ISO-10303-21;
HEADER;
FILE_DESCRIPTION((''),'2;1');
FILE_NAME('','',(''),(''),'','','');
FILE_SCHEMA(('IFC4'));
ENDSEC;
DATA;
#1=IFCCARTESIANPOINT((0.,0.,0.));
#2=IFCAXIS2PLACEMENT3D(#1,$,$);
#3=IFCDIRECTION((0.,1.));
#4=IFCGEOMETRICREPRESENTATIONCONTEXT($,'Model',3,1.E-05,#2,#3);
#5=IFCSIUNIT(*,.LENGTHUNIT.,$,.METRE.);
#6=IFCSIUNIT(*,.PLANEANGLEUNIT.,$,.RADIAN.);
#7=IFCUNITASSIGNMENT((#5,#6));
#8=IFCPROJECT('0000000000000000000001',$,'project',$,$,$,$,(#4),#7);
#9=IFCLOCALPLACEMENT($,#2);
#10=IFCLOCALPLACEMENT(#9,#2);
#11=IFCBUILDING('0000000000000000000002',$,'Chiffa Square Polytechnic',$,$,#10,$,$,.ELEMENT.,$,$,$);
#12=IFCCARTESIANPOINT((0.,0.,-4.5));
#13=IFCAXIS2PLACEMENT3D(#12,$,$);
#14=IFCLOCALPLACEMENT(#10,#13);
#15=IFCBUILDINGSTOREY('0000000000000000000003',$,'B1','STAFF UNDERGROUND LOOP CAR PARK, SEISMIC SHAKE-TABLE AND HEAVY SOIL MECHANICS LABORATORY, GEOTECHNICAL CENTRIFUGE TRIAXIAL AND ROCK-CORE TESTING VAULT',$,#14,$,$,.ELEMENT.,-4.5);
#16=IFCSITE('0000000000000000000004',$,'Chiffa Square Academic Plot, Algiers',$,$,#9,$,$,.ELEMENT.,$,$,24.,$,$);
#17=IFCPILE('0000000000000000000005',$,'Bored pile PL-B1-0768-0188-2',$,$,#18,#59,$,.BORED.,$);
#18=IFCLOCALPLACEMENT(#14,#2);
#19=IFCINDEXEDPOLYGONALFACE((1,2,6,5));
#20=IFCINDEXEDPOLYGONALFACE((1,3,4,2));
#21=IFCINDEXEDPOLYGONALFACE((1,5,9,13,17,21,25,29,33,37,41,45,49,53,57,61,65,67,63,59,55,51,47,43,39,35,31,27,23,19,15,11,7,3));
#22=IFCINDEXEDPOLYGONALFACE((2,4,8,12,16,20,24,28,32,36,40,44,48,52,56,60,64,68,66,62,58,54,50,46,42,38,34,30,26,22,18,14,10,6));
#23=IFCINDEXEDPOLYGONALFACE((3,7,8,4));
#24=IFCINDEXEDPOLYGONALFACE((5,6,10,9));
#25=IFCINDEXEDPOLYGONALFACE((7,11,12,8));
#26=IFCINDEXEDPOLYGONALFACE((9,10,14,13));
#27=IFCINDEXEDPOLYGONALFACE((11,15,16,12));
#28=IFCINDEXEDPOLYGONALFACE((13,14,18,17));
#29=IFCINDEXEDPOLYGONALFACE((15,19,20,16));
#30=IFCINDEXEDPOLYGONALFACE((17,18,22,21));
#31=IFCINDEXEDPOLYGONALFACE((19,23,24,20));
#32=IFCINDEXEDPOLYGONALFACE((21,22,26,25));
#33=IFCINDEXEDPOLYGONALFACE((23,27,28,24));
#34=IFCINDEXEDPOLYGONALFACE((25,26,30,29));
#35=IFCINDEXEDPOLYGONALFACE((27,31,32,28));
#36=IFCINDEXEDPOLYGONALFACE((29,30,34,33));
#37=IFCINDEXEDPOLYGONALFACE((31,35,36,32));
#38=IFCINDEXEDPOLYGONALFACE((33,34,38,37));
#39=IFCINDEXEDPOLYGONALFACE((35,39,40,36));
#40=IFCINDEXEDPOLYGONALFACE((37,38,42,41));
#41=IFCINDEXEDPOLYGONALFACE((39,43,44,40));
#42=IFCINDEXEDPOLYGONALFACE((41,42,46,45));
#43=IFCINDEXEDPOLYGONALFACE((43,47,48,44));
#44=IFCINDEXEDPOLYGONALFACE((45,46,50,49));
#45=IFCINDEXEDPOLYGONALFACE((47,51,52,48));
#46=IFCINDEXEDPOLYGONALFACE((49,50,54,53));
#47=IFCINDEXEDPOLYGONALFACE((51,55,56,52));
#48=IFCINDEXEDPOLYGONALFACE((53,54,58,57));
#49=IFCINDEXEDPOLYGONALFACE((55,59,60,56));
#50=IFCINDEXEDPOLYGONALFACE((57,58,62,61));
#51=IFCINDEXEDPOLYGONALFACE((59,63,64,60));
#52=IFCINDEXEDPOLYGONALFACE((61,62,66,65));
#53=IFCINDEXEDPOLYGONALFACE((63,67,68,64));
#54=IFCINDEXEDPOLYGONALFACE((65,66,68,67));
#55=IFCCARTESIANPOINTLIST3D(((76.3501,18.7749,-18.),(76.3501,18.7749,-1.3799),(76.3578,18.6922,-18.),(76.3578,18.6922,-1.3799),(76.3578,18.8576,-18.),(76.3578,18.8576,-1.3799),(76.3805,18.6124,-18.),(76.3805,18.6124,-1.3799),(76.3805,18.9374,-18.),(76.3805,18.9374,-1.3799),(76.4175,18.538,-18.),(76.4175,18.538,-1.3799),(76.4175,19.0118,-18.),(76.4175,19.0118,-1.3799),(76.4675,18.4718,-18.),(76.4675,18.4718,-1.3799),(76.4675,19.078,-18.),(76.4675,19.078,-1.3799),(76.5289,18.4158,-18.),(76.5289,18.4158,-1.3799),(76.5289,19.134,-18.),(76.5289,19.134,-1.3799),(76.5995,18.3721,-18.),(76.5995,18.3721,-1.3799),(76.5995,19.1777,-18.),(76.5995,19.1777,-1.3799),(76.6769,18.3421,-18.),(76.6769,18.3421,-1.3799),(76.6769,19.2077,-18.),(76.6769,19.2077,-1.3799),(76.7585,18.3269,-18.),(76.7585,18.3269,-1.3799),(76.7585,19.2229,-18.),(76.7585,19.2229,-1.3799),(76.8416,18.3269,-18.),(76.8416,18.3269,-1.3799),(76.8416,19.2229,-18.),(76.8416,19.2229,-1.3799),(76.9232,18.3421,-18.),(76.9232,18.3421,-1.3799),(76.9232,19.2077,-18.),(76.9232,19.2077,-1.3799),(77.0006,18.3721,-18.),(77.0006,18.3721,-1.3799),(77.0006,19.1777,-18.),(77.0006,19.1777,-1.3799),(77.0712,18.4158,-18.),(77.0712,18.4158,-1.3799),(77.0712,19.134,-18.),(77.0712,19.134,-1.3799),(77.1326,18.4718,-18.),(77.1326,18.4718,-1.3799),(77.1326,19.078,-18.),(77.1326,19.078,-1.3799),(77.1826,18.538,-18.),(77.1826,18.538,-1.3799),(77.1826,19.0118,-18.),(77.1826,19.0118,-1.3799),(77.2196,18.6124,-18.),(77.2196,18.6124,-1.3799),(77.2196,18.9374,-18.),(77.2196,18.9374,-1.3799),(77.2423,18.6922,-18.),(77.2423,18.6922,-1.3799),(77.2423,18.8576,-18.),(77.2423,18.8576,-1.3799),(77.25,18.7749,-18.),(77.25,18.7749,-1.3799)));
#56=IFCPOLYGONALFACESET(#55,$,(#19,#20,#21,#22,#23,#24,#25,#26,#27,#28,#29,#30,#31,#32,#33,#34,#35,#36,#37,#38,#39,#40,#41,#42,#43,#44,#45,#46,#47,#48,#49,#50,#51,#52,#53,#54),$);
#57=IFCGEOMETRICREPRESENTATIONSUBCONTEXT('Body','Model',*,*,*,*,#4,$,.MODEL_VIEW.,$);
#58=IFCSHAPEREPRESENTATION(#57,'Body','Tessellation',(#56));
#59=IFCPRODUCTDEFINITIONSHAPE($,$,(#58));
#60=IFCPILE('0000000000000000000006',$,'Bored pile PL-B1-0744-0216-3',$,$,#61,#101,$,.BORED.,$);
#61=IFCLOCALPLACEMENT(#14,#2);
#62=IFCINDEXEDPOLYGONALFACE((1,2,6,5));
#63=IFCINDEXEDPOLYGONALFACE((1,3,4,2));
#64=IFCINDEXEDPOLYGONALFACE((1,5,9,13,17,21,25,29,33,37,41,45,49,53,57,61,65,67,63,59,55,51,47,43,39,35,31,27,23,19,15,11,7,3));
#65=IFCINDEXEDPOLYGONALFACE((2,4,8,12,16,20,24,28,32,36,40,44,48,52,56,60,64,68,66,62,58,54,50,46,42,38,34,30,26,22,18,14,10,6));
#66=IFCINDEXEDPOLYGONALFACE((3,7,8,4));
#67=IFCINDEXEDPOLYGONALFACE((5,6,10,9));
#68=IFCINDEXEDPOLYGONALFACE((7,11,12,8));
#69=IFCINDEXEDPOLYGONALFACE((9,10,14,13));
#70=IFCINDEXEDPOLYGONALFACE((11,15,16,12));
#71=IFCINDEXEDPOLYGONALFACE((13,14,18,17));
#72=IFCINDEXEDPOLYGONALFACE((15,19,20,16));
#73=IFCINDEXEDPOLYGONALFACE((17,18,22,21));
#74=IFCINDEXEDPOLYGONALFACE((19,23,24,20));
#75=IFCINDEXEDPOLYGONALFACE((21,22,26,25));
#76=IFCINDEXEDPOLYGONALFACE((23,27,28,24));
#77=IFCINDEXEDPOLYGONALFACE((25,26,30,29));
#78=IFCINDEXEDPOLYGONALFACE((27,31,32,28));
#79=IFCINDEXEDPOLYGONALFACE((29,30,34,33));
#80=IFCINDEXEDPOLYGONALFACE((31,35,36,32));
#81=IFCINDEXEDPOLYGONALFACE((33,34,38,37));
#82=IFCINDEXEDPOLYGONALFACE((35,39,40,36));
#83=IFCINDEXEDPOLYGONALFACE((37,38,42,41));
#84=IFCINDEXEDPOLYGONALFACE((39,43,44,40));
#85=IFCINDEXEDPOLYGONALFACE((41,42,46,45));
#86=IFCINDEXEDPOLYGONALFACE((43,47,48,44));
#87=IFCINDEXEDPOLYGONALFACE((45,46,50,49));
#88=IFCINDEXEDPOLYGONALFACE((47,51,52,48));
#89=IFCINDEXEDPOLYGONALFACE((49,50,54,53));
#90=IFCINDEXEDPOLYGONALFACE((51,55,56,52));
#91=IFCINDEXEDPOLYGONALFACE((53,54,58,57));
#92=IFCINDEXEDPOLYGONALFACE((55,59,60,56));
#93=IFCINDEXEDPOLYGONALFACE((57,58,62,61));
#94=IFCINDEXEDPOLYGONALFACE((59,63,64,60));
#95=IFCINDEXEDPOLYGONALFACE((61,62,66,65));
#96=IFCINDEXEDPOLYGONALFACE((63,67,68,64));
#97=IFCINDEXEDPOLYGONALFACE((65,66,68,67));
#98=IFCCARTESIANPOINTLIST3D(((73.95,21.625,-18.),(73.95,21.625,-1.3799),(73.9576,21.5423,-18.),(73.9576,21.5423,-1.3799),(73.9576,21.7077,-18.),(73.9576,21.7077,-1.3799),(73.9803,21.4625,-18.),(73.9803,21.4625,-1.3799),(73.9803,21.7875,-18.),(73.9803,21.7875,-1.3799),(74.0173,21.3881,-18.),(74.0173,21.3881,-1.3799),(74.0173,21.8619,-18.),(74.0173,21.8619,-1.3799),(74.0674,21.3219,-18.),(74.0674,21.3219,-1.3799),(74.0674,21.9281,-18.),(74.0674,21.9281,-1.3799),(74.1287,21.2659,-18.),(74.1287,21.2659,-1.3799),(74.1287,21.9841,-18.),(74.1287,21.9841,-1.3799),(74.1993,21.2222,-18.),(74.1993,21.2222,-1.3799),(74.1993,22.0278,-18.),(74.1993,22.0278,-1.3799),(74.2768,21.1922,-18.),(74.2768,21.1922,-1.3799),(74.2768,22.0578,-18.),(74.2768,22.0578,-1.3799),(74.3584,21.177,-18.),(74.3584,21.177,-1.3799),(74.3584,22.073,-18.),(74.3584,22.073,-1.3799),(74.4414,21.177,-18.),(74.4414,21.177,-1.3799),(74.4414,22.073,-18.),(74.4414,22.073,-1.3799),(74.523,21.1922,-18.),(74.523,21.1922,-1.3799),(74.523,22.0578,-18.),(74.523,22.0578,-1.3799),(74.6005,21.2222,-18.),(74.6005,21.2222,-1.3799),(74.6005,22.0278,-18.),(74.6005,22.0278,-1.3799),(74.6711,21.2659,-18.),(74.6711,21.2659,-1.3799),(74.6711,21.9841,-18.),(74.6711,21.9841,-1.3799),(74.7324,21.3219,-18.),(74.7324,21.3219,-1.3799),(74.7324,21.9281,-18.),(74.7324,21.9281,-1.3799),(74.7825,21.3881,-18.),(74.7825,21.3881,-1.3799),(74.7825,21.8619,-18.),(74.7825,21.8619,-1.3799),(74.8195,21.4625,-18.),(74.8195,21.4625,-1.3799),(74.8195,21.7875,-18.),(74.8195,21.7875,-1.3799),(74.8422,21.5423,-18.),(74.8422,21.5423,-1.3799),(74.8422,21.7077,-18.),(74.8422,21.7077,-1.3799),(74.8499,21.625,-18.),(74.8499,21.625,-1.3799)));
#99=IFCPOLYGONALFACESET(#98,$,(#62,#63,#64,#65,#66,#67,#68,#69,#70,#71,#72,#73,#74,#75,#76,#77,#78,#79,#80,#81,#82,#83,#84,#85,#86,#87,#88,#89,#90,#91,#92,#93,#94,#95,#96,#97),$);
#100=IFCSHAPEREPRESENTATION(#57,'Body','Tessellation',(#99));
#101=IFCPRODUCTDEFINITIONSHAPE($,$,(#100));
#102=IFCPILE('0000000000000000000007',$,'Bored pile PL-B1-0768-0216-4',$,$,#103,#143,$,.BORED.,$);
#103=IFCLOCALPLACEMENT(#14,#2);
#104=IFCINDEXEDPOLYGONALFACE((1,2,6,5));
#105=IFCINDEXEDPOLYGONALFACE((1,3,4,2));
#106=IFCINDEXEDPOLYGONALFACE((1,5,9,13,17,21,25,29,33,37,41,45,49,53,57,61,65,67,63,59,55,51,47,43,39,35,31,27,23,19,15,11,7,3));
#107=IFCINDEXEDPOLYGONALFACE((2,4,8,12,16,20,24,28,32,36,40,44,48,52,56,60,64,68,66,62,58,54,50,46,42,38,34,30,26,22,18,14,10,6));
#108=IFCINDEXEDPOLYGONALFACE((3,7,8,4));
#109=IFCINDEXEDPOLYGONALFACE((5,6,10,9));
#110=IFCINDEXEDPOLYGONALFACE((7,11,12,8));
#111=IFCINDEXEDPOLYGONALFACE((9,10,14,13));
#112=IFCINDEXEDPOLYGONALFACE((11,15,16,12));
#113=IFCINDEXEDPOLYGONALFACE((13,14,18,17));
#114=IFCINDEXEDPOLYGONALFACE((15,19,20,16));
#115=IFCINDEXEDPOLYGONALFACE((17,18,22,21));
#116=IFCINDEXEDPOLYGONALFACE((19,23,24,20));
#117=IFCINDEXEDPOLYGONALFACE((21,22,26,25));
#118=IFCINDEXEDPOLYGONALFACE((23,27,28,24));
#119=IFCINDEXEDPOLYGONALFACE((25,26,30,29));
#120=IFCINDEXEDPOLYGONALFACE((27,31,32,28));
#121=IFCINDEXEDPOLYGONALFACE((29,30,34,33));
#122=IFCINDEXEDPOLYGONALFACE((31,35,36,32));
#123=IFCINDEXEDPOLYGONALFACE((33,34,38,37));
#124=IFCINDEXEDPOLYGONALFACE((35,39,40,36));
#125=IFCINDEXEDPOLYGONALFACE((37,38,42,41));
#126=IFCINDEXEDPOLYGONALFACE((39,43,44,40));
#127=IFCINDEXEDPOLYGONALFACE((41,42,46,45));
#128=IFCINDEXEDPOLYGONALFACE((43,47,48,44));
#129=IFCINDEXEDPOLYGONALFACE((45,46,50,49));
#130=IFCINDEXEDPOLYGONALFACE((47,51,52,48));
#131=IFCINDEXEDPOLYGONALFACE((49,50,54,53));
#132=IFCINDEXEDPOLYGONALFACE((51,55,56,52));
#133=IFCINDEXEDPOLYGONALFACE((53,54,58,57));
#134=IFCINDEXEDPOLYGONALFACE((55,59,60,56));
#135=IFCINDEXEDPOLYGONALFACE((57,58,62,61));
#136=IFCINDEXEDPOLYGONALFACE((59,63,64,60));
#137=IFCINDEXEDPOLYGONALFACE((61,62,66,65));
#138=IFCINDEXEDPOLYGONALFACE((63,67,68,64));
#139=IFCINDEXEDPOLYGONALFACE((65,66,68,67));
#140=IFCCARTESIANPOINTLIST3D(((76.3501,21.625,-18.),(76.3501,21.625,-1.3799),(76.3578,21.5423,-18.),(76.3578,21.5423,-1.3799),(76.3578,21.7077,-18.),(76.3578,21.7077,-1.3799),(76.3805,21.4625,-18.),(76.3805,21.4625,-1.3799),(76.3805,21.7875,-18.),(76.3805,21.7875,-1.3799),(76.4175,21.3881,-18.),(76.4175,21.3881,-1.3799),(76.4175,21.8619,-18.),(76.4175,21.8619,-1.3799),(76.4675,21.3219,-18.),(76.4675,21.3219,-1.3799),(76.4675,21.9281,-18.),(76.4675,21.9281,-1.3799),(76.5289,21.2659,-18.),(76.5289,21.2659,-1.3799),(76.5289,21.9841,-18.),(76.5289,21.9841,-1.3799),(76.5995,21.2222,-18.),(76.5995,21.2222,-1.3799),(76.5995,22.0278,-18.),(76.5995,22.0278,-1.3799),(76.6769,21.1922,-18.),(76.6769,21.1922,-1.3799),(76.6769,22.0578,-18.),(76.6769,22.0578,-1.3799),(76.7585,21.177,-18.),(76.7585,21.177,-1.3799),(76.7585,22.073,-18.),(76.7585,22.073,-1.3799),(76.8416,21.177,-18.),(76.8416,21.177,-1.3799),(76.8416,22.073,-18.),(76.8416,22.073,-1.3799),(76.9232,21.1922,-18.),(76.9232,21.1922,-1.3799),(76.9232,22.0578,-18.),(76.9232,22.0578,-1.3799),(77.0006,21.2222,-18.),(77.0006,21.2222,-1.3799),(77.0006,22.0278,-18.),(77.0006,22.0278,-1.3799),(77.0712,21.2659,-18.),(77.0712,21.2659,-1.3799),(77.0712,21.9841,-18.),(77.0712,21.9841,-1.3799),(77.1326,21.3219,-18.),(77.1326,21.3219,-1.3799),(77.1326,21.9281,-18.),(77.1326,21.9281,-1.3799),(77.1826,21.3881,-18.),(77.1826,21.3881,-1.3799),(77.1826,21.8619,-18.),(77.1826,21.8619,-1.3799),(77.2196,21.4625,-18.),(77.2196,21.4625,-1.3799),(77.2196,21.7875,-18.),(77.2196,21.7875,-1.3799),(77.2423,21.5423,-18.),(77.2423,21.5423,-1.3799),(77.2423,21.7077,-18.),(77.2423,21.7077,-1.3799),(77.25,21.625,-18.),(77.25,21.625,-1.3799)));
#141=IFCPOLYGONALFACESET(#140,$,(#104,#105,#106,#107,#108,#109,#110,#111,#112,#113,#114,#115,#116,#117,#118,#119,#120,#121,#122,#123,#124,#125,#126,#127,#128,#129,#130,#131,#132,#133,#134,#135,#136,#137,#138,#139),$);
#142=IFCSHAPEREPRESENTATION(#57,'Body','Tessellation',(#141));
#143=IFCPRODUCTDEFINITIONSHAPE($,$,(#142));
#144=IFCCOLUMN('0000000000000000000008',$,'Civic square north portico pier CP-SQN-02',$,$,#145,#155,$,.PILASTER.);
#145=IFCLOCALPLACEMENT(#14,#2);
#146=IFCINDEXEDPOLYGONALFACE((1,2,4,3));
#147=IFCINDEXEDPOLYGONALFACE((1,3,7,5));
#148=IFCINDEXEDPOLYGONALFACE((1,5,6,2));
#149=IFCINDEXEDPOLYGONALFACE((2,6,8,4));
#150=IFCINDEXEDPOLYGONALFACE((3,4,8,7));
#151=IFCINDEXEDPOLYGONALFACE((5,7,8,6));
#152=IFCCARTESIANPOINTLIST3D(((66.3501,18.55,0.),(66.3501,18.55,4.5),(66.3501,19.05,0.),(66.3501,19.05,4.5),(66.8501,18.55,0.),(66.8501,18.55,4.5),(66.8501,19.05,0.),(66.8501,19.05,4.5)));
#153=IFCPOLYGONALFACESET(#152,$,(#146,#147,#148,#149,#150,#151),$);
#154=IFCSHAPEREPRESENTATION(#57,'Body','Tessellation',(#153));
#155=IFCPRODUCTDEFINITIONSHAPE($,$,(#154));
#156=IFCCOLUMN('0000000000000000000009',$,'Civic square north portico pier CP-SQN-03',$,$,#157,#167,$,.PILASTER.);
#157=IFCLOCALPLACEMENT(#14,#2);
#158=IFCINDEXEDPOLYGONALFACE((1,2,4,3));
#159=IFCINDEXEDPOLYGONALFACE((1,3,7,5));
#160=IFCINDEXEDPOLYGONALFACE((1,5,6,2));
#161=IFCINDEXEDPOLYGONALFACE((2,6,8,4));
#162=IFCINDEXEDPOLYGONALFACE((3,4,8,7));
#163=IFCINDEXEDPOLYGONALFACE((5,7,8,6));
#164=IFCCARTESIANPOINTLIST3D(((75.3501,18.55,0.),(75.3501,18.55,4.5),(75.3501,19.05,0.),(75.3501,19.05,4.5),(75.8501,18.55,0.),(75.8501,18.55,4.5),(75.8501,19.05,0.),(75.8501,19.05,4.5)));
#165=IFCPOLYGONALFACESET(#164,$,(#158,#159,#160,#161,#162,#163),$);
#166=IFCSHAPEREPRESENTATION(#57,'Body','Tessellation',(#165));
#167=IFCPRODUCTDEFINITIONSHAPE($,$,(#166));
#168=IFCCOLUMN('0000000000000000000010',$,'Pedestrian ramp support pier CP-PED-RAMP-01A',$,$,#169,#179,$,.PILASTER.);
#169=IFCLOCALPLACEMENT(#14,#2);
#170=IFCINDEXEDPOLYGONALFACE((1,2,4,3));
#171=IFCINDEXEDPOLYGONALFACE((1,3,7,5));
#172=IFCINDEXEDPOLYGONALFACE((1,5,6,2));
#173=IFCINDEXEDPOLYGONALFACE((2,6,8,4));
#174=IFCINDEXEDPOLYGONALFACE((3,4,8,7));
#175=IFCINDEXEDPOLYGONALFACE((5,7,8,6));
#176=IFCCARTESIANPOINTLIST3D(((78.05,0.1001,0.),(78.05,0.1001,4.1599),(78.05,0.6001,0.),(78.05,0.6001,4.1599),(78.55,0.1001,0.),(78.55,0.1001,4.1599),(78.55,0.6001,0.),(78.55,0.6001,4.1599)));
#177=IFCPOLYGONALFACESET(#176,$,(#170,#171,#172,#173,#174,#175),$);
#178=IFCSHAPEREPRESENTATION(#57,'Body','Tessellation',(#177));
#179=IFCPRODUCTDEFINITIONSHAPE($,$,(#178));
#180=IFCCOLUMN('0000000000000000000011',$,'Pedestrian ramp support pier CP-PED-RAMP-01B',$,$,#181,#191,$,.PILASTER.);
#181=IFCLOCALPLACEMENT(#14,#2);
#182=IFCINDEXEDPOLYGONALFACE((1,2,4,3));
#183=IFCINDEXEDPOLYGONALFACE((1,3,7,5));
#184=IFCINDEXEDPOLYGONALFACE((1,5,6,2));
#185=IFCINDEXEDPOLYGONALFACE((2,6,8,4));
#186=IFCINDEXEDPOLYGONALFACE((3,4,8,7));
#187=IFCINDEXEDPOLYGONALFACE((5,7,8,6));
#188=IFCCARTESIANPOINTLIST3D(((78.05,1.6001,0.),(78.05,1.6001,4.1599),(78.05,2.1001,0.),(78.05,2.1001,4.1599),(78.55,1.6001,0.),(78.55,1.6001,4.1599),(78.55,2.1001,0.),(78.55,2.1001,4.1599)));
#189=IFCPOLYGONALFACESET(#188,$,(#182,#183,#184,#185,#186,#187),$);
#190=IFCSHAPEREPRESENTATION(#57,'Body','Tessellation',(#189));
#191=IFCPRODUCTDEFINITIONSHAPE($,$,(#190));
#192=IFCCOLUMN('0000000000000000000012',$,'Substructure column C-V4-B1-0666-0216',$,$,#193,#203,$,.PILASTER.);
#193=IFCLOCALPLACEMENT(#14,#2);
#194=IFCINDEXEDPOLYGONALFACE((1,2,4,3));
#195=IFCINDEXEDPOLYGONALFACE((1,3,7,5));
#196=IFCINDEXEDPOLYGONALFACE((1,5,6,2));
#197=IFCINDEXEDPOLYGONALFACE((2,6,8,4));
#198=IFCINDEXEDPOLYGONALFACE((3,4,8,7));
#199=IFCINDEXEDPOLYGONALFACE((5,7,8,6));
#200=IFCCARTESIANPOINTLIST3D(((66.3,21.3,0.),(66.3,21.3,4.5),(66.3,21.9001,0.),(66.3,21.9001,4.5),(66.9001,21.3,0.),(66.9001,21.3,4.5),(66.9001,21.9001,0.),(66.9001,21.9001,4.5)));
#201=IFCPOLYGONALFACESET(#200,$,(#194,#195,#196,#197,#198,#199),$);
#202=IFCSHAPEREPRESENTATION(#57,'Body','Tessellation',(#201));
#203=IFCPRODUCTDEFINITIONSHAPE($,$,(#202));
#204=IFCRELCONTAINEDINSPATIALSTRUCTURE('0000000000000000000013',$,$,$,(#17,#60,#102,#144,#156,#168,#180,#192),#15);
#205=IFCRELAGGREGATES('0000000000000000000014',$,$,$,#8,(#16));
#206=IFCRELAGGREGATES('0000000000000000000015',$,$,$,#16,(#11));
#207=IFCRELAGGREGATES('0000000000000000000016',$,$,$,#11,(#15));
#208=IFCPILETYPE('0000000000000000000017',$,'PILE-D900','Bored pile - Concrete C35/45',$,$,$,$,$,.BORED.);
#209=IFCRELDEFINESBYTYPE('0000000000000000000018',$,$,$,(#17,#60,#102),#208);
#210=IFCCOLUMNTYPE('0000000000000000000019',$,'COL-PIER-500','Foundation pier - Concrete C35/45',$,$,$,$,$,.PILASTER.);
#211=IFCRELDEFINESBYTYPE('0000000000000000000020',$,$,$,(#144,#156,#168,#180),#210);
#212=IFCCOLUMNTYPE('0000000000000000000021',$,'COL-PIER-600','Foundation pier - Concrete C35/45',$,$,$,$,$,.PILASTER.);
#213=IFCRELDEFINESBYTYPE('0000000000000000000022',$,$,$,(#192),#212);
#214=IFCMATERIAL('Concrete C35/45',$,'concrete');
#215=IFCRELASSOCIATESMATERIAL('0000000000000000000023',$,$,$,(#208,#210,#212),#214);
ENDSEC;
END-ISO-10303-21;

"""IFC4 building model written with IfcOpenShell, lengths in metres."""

from ifc_helpers import new_model, si_unit, direction, frame, origin, origin_2d, place, context, subcontext, project, spatial, rectangle, circle, extrude, material, material_profile, profile_set, type_object, element, save


model = new_model("IFC4")

# Units and contexts
model_context = context("Model", 3, precision=1e-05, world=origin(), true_north=direction((0.0, 1.0)))
body_context = subcontext(model_context, "Body", "Model", "MODEL_VIEW")
ifc_project = project(units=[si_unit("LENGTHUNIT", "METRE"), si_unit("PLANEANGLEUNIT", "RADIAN")], contexts=[model_context])

# Site, building, storey
site_placement = place(None, origin())
site = spatial("IfcSite", under=ifc_project, at=site_placement, Name="Chiffa Square Academic Plot, Algiers", CompositionType="ELEMENT", RefElevation=24.0)
building_placement = place(site_placement, origin())
building = spatial("IfcBuilding", under=site, at=building_placement, Name="Chiffa Square Polytechnic", CompositionType="ELEMENT")
storey_placement = place(building_placement, frame((0.0, 0.0, -4.5)))
storey = spatial("IfcBuildingStorey", under=building, at=storey_placement, Name="B1", Description="STAFF UNDERGROUND LOOP CAR PARK, SEISMIC SHAKE-TABLE AND HEAVY SOIL MECHANICS LABORATORY, GEOTECHNICAL CENTRIFUGE TRIAXIAL AND ROCK-CORE TESTING VAULT", CompositionType="ELEMENT", Elevation=-4.5)

# Shared definitions
ifc_material_1 = material(Name="Concrete C35/45", Category="concrete")

# Piles
ifc_material_profile_1 = material_profile(ifc_material_1, circle(Radius=0.45, at=origin_2d()), Name="PILE D900")
ifc_profile_set_1 = profile_set([ifc_material_profile_1], Name="Concrete C35/45")
pile_type = type_object("IfcPileType", Name="PILE-D900", Description="Bored pile - Concrete C35/45", PredefinedType="BORED", material=ifc_profile_set_1)
for number, where, z_axis, x_axis, name in (
    (1, (76.8, 18.7749, -1.3799), (0.0, 0.0, -1.0), (1.0, 0.0, 0.0), "Bored pile PL-B1-0768-0188-2"),
    (2, (74.3999, 21.625, -1.3799), (0.0, 0.0, -1.0), (1.0, 0.0, 0.0), "Bored pile PL-B1-0744-0216-3"),
    (3, (76.8, 21.625, -1.3799), (0.0, 0.0, -1.0), (1.0, 0.0, 0.0), "Bored pile PL-B1-0768-0216-4"),
):
    element("IfcPile", number, at=place(storey_placement, frame(where, z_axis=z_axis, x_axis=x_axis)), inside=storey, type_object=pile_type, Name=name, PredefinedType="BORED", context=body_context, shape_type="SweptSolid", body=[
        extrude(circle(Radius=0.45, at=origin_2d()), origin(), (0.0, 0.0, 1.0), 16.6201),
    ])

# Columns
ifc_material_profile_2 = material_profile(ifc_material_1, rectangle(XDim=0.5, YDim=0.5, at=origin_2d()), Name="RC 500x500")
ifc_profile_set_2 = profile_set([ifc_material_profile_2], Name="Concrete C35/45")
column_type_1 = type_object("IfcColumnType", Name="COL-PIER-500", Description="Foundation pier - Concrete C35/45", PredefinedType="PILASTER", material=ifc_profile_set_2)
for number, where, z_axis, x_axis, name in (
    (4, (66.6001, 18.8, 0.0), (0.0, 0.0, 1.0), (1.0, 0.0, 0.0), "Civic square north portico pier CP-SQN-02"),
    (5, (75.6001, 18.8, 0.0), (0.0, 0.0, 1.0), (1.0, 0.0, 0.0), "Civic square north portico pier CP-SQN-03"),
):
    element("IfcColumn", number, at=place(storey_placement, frame(where, z_axis=z_axis, x_axis=x_axis)), inside=storey, type_object=column_type_1, Name=name, PredefinedType="PILASTER", context=body_context, shape_type="SweptSolid", body=[
        extrude(rectangle(XDim=0.5, YDim=0.5, at=origin_2d()), origin(), (0.0, 0.0, 1.0), 4.5),
    ])
for number, where, z_axis, x_axis, name in (
    (6, (78.3, 0.3501, 0.0), (0.0, 0.0, 1.0), (1.0, 0.0, 0.0), "Pedestrian ramp support pier CP-PED-RAMP-01A"),
    (7, (78.3, 1.8501, 0.0), (0.0, 0.0, 1.0), (1.0, 0.0, 0.0), "Pedestrian ramp support pier CP-PED-RAMP-01B"),
):
    element("IfcColumn", number, at=place(storey_placement, frame(where, z_axis=z_axis, x_axis=x_axis)), inside=storey, type_object=column_type_1, Name=name, PredefinedType="PILASTER", context=body_context, shape_type="SweptSolid", body=[
        extrude(rectangle(XDim=0.5, YDim=0.5, at=origin_2d()), origin(), (0.0, 0.0, 1.0), 4.1599),
    ])
ifc_material_profile_3 = material_profile(ifc_material_1, rectangle(XDim=0.6001, YDim=0.6001, at=origin_2d()), Name="RC 600x600")
ifc_profile_set_3 = profile_set([ifc_material_profile_3], Name="Concrete C35/45")
column_type_2 = type_object("IfcColumnType", Name="COL-PIER-600", Description="Foundation pier - Concrete C35/45", PredefinedType="PILASTER", material=ifc_profile_set_3)
for number, where, z_axis, x_axis, name in (
    (8, (66.6001, 21.6001, 0.0), (0.0, 0.0, 1.0), (1.0, 0.0, 0.0), "Substructure column C-V4-B1-0666-0216"),
):
    element("IfcColumn", number, at=place(storey_placement, frame(where, z_axis=z_axis, x_axis=x_axis)), inside=storey, type_object=column_type_2, Name=name, PredefinedType="PILASTER", context=body_context, shape_type="SweptSolid", body=[
        extrude(rectangle(XDim=0.6001, YDim=0.6001, at=origin_2d()), origin(), (0.0, 0.0, 1.0), 4.5),
    ])

save(model, "model.ifc")
